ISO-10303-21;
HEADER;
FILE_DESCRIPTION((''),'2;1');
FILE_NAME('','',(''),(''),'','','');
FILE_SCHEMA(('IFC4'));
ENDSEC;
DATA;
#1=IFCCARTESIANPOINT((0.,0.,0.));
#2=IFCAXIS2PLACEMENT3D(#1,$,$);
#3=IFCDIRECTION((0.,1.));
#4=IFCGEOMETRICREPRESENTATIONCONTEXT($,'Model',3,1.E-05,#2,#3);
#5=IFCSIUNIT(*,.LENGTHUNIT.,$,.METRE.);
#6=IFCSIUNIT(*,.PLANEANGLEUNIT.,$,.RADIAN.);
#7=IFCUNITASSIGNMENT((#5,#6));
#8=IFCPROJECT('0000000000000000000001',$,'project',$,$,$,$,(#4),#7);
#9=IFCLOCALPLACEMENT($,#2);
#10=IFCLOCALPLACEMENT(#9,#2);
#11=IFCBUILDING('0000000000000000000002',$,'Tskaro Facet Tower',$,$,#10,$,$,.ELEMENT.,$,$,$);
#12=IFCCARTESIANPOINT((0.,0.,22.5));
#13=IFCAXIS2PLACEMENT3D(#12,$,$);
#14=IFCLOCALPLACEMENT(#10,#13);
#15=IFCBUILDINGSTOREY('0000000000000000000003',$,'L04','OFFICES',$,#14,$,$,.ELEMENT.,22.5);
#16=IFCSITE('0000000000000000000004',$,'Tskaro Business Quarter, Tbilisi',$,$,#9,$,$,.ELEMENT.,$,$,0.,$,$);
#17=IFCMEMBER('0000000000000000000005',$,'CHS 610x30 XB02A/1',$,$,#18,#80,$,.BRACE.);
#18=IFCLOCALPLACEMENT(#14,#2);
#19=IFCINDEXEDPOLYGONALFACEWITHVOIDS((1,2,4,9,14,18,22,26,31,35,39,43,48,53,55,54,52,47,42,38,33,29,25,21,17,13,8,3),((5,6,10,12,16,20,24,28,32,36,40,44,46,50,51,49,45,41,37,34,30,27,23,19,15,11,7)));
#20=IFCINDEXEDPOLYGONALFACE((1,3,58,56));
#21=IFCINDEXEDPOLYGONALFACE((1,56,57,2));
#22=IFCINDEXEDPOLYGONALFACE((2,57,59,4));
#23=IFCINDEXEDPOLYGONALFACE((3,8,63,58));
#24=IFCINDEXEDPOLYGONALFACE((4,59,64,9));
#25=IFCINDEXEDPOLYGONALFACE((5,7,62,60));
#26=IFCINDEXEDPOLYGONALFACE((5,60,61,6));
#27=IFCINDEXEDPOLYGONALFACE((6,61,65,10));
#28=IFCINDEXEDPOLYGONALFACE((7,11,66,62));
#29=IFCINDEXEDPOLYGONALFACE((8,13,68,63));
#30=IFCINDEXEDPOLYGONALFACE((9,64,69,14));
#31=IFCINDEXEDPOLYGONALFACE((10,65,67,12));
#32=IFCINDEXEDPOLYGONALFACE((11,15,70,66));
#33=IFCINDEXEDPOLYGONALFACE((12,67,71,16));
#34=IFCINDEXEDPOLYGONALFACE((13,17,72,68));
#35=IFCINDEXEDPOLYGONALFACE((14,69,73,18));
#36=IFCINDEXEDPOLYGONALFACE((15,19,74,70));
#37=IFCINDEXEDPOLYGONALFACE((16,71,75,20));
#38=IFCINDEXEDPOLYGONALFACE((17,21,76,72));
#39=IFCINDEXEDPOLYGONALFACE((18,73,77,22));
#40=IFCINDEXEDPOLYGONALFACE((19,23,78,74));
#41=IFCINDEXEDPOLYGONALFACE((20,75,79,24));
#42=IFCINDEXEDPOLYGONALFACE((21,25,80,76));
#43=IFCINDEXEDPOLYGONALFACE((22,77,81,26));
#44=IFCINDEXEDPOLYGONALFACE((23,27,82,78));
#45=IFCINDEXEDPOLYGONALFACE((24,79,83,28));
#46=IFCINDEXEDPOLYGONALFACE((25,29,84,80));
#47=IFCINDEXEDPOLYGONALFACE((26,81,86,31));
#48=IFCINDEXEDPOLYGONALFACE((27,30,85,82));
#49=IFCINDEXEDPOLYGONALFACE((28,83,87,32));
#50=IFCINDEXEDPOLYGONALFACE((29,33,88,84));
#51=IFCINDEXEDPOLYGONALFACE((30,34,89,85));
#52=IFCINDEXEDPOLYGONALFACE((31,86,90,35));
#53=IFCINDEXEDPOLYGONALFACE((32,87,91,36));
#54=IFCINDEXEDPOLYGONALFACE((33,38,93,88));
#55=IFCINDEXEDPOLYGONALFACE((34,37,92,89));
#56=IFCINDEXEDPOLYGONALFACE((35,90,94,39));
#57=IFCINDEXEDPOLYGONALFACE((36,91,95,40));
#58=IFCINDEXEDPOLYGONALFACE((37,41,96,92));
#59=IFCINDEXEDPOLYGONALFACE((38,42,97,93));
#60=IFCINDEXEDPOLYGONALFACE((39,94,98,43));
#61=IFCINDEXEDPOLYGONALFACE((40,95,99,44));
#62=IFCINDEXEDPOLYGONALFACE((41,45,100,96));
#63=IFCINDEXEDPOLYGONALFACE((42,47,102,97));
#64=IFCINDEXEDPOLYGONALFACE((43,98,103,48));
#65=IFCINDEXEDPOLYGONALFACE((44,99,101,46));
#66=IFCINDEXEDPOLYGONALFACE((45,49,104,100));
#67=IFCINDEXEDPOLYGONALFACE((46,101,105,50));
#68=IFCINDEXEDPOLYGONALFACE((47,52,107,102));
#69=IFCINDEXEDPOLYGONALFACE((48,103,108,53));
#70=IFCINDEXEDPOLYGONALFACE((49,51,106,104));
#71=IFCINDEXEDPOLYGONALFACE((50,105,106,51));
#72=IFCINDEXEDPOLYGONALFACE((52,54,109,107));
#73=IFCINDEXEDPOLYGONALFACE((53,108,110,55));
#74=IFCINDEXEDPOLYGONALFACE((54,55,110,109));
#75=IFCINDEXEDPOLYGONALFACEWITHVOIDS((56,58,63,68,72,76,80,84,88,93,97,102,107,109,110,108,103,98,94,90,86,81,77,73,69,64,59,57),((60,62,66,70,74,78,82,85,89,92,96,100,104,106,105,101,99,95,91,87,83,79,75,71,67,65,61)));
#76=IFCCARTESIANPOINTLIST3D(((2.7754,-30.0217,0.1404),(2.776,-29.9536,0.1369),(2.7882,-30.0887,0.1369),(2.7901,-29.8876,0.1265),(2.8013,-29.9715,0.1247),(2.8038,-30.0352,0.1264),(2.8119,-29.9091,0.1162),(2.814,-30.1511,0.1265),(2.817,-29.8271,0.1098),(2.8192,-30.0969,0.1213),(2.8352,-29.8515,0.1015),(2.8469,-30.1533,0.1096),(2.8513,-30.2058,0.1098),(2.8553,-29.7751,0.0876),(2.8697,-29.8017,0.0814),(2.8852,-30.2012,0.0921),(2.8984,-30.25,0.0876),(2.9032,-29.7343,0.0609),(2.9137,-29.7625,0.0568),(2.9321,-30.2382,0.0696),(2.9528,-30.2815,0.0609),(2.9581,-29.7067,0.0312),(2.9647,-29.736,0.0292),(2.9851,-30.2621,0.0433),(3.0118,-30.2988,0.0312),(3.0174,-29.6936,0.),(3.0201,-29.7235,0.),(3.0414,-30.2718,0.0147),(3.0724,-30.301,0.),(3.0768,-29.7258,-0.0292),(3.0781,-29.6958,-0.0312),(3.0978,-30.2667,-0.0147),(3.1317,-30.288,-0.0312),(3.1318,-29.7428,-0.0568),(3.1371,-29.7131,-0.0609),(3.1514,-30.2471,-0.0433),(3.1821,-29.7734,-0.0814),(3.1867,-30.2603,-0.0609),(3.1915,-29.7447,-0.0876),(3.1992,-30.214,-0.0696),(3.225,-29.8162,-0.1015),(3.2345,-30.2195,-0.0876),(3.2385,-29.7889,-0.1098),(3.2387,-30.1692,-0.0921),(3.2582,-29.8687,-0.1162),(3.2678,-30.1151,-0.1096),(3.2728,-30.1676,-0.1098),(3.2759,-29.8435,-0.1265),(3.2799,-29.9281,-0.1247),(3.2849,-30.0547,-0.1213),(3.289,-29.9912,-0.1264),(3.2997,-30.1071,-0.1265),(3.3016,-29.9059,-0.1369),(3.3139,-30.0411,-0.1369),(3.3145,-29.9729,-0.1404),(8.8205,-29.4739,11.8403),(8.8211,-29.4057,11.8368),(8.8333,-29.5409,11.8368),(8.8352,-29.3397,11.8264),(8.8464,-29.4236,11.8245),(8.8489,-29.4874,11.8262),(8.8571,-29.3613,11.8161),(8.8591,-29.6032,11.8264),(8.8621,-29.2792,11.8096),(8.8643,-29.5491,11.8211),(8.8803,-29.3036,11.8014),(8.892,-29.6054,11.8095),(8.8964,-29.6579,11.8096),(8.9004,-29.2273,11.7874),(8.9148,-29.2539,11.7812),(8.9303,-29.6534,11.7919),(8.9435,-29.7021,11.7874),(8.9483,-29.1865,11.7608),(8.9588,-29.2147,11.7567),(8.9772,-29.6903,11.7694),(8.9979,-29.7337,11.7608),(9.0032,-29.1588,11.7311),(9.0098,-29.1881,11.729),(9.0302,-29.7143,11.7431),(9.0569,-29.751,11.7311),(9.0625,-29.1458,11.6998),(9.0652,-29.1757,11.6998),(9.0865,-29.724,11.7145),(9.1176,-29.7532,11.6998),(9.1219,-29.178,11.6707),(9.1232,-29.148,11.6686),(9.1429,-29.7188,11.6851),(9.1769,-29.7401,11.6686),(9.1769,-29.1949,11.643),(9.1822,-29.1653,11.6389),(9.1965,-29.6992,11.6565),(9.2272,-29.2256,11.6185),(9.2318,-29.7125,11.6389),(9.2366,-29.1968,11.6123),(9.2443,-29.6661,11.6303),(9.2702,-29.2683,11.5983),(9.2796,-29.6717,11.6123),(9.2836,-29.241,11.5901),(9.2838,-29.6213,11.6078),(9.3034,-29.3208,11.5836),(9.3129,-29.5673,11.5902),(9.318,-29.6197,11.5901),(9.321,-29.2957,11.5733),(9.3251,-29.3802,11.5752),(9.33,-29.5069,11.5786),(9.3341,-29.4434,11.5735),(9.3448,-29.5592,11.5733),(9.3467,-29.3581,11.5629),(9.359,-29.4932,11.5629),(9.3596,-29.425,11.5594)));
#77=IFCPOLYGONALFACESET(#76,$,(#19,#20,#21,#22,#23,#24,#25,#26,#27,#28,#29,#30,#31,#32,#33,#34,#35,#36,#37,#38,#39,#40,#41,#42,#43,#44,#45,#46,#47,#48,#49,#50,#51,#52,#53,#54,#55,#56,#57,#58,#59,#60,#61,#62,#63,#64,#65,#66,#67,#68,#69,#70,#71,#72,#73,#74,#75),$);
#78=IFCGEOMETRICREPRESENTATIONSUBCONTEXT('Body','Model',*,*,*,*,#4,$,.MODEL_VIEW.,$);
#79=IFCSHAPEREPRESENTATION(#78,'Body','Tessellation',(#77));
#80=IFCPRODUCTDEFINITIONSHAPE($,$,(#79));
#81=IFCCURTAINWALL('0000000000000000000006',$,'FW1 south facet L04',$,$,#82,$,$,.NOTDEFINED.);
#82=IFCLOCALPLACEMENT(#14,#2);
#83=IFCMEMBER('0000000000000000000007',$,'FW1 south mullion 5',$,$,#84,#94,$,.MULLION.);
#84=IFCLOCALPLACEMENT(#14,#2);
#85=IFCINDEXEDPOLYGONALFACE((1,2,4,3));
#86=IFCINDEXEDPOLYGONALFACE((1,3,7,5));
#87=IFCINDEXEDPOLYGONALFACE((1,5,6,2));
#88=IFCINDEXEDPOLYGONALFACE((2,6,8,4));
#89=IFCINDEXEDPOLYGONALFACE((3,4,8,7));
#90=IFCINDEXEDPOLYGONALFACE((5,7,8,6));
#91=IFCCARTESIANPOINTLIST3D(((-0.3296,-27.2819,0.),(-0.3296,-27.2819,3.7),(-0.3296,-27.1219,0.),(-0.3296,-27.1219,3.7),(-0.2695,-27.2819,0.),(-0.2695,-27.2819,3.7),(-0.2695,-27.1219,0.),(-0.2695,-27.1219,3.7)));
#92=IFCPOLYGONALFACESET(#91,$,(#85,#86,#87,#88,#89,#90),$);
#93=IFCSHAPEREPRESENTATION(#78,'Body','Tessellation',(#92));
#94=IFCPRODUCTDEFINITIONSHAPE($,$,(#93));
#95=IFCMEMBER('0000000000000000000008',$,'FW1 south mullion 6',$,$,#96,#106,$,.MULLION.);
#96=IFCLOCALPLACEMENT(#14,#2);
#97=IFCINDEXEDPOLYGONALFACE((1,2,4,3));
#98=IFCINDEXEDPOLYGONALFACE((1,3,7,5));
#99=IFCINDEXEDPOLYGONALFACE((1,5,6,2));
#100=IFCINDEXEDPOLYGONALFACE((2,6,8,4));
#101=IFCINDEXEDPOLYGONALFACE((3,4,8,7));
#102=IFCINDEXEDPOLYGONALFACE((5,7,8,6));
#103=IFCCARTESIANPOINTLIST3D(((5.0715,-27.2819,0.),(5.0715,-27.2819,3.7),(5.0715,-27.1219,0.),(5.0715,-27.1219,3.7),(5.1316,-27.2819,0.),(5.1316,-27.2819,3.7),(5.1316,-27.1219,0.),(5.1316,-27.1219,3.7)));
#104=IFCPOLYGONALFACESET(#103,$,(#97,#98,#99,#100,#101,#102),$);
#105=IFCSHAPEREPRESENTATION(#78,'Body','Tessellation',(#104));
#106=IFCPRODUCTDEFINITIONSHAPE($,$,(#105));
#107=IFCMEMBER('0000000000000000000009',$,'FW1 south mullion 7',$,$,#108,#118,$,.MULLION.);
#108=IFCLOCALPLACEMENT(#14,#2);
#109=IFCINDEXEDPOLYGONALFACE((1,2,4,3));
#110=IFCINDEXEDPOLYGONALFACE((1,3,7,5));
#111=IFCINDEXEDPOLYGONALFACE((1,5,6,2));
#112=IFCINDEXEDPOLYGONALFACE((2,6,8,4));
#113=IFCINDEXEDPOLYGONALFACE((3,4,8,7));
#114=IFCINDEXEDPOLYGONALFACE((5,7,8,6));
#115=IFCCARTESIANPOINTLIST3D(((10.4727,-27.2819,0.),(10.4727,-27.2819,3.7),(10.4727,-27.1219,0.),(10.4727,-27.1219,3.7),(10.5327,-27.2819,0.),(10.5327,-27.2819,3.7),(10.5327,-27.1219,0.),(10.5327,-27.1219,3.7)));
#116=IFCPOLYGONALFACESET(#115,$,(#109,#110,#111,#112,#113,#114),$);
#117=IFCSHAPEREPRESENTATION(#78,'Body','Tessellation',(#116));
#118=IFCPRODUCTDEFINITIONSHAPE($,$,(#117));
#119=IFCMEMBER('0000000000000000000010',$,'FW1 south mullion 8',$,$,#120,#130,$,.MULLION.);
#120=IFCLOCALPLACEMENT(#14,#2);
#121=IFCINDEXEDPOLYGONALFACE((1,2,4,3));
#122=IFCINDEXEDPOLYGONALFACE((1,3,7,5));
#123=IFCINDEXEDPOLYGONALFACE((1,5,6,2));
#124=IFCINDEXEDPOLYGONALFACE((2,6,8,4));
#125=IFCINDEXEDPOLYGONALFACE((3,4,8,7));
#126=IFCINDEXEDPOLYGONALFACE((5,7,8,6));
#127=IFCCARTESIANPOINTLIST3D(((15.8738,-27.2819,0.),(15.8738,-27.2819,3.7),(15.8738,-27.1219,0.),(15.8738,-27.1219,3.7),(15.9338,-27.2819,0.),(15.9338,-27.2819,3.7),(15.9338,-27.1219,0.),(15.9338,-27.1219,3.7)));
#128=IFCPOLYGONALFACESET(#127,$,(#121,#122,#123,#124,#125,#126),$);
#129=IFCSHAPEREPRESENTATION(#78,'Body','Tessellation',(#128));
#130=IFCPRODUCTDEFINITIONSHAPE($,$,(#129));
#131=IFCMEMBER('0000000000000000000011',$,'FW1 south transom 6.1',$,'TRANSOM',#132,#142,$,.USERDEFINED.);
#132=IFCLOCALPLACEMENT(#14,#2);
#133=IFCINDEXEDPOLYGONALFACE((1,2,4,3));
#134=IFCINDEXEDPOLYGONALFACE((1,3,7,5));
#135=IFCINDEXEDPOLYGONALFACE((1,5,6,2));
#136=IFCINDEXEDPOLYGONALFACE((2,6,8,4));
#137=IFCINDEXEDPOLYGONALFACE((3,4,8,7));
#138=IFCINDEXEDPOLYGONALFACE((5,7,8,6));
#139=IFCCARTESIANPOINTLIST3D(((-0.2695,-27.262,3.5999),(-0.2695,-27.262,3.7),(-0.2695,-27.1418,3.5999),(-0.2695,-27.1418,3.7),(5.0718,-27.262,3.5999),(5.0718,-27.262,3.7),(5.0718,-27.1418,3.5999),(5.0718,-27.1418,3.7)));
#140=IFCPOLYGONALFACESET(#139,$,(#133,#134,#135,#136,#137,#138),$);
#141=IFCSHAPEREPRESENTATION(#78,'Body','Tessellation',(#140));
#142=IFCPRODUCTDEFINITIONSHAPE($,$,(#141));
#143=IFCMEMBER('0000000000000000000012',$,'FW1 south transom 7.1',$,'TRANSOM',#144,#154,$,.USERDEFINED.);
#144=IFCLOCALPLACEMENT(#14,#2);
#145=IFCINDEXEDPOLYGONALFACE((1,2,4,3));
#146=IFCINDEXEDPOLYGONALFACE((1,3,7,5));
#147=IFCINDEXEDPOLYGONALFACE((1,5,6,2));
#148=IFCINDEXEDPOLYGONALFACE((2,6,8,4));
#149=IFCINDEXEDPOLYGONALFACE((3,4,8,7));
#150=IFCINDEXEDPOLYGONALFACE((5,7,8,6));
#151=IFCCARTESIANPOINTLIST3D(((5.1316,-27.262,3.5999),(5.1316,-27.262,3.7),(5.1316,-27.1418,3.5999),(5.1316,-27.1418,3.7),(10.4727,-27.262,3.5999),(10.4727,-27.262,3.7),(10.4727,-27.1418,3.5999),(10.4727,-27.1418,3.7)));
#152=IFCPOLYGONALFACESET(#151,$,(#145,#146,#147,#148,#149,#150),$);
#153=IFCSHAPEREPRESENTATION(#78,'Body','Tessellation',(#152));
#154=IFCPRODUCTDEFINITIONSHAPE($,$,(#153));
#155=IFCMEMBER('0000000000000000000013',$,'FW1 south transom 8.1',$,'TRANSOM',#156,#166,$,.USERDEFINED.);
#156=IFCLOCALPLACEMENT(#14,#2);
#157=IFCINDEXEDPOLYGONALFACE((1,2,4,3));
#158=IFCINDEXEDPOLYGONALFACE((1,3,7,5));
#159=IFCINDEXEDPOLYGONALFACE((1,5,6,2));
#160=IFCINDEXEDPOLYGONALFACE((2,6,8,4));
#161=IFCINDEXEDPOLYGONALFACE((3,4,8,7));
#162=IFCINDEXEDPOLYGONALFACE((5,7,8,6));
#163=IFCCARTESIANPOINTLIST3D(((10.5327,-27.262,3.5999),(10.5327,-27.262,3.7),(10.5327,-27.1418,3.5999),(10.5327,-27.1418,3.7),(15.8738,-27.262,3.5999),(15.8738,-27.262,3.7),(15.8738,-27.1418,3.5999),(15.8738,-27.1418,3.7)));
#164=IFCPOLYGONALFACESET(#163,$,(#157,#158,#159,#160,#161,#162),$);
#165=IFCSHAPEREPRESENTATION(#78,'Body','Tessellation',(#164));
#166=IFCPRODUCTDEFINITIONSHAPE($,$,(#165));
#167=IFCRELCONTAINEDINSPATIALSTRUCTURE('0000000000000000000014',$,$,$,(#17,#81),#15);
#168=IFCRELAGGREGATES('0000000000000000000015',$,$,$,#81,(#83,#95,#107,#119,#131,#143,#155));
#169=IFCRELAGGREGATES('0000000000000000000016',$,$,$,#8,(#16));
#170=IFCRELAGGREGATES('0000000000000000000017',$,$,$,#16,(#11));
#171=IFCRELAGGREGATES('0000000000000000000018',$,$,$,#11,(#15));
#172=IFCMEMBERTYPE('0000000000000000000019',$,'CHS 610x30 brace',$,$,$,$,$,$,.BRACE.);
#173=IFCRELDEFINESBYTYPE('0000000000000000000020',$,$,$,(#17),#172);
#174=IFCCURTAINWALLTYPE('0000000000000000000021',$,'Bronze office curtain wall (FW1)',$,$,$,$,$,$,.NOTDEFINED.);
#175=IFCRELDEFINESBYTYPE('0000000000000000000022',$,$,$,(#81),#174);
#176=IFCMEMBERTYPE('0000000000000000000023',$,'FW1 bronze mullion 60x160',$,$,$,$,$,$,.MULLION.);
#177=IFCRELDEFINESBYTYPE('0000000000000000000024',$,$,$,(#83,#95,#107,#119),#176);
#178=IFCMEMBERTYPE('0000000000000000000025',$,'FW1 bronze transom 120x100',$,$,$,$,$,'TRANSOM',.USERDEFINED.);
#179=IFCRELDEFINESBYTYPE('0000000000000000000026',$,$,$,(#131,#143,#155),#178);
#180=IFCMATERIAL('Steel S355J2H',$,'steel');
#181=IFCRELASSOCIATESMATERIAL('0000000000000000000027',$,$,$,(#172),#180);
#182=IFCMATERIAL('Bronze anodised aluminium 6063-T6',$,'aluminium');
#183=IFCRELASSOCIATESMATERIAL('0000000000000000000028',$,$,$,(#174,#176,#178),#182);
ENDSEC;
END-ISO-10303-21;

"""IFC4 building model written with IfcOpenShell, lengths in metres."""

from ifc_helpers import new_model, si_unit, direction, frame, origin, origin_2d, place, context, subcontext, project, spatial, rectangle, hollow_circle, extrude, material, material_profile, profile_set, type_object, element, aggregate, save


model = new_model("IFC4")

# Units and contexts
model_context = context("Model", 3, precision=1e-05, world=origin(), true_north=direction((0.0, 1.0)))
body_context = subcontext(model_context, "Body", "Model", "MODEL_VIEW")
ifc_project = project(units=[si_unit("LENGTHUNIT", "METRE"), si_unit("PLANEANGLEUNIT", "RADIAN")], contexts=[model_context])

# Site, building, storey
site_placement = place(None, origin())
site = spatial("IfcSite", under=ifc_project, at=site_placement, Name="Tskaro Business Quarter, Tbilisi", CompositionType="ELEMENT", RefElevation=0.0)
building_placement = place(site_placement, origin())
building = spatial("IfcBuilding", under=site, at=building_placement, Name="Tskaro Facet Tower", CompositionType="ELEMENT")
storey_placement = place(building_placement, frame((0.0, 0.0, 22.5)))
storey = spatial("IfcBuildingStorey", under=building, at=storey_placement, Name="L04", Description="OFFICES", CompositionType="ELEMENT", Elevation=22.5)

# Shared definitions
ifc_material_1 = material(Name="Steel S355J2H", Category="steel")

# Member
ifc_material_profile_1 = material_profile(ifc_material_1, hollow_circle(Radius=0.3049, WallThickness=0.03, at=origin_2d()), Name="CHS 610x30")
ifc_profile_set_1 = profile_set([ifc_material_profile_1], Name="Steel S355J2H")
member_type_1 = type_object("IfcMemberType", Name="CHS 610x30 brace", PredefinedType="BRACE", material=ifc_profile_set_1)
member_1_placement = place(storey_placement, frame((3.0449, -29.9973, 0.0), z_axis=(0.458635, 0.041564, 0.887652), x_axis=(-0.090257, 0.995919, 0.0)))
element("IfcMember", 1, at=member_1_placement, inside=storey, type_object=member_type_1, Name="CHS 610x30 XB02A/1", PredefinedType="BRACE", context=body_context, shape_type="SweptSolid", body=[
    extrude(hollow_circle(Radius=0.3049, WallThickness=0.03, at=origin_2d()), origin(), (0.0, 0.0, 1.0), 13.1807),
])

# Curtain wall, members
ifc_material_2 = material(Name="Bronze anodised aluminium 6063-T6", Category="aluminium")
curtain_wall_type = type_object("IfcCurtainWallType", Name="Bronze office curtain wall (FW1)", PredefinedType="NOTDEFINED", material=ifc_material_2)
curtain_wall_placement = place(storey_placement, origin())
curtain_wall = element("IfcCurtainWall", 2, at=curtain_wall_placement, inside=storey, type_object=curtain_wall_type, Name="FW1 south facet L04", PredefinedType="NOTDEFINED")
ifc_material_profile_2 = material_profile(ifc_material_2, rectangle(XDim=0.0601, YDim=0.1599, at=origin_2d()), Name="Mullion 60x160")
ifc_profile_set_2 = profile_set([ifc_material_profile_2], Name="Bronze anodised aluminium 6063-T6")
member_type_2 = type_object("IfcMemberType", Name="FW1 bronze mullion 60x160", PredefinedType="MULLION", material=ifc_profile_set_2)
member_2_placement = place(storey_placement, frame((-0.2996, -27.2019, 0.0), z_axis=(0.0, 0.0, 1.0), x_axis=(1.0, 0.0, 0.0)))
member_2 = element("IfcMember", 3, at=member_2_placement, type_object=member_type_2, Name="FW1 south mullion 5", PredefinedType="MULLION", context=body_context, shape_type="SweptSolid", body=[
    extrude(rectangle(XDim=0.0601, YDim=0.1599, at=origin_2d()), origin(), (0.0, 0.0, 1.0), 3.7),
])
member_3_placement = place(storey_placement, frame((5.1016, -27.2019, 0.0), z_axis=(0.0, 0.0, 1.0), x_axis=(1.0, 0.0, 0.0)))
member_3 = element("IfcMember", 4, at=member_3_placement, type_object=member_type_2, Name="FW1 south mullion 6", PredefinedType="MULLION", context=body_context, shape_type="SweptSolid", body=[
    extrude(rectangle(XDim=0.0601, YDim=0.1599, at=origin_2d()), origin(), (0.0, 0.0, 1.0), 3.7),
])
member_4_placement = place(storey_placement, frame((10.5027, -27.2019, 0.0), z_axis=(0.0, 0.0, 1.0), x_axis=(1.0, 0.0, 0.0)))
member_4 = element("IfcMember", 5, at=member_4_placement, type_object=member_type_2, Name="FW1 south mullion 7", PredefinedType="MULLION", context=body_context, shape_type="SweptSolid", body=[
    extrude(rectangle(XDim=0.0601, YDim=0.1599, at=origin_2d()), origin(), (0.0, 0.0, 1.0), 3.7),
])
member_5_placement = place(storey_placement, frame((15.9038, -27.2019, 0.0), z_axis=(0.0, 0.0, 1.0), x_axis=(1.0, 0.0, 0.0)))
member_5 = element("IfcMember", 6, at=member_5_placement, type_object=member_type_2, Name="FW1 south mullion 8", PredefinedType="MULLION", context=body_context, shape_type="SweptSolid", body=[
    extrude(rectangle(XDim=0.0601, YDim=0.1599, at=origin_2d()), origin(), (0.0, 0.0, 1.0), 3.7),
])
ifc_material_profile_3 = material_profile(ifc_material_2, rectangle(XDim=0.1201, YDim=0.1001, at=origin_2d()), Name="Transom 120x100")
ifc_profile_set_3 = profile_set([ifc_material_profile_3], Name="Bronze anodised aluminium 6063-T6")
member_type_3 = type_object("IfcMemberType", Name="FW1 bronze transom 120x100", ElementType="TRANSOM", PredefinedType="USERDEFINED", material=ifc_profile_set_3)
member_6_placement = place(storey_placement, frame((-0.2695, -27.2019, 3.6499), z_axis=(1.0, 0.0, 0.0), x_axis=(0.0, 1.0, 0.0)))
member_6 = element("IfcMember", 7, at=member_6_placement, type_object=member_type_3, Name="FW1 south transom 6.1", ObjectType="TRANSOM", PredefinedType="USERDEFINED", context=body_context, shape_type="SweptSolid", body=[
    extrude(rectangle(XDim=0.1201, YDim=0.1001, at=origin_2d()), origin(), (0.0, 0.0, 1.0), 5.3413),
])
member_7_placement = place(storey_placement, frame((5.1316, -27.2019, 3.6499), z_axis=(1.0, 0.0, 0.0), x_axis=(0.0, 1.0, 0.0)))
member_7 = element("IfcMember", 8, at=member_7_placement, type_object=member_type_3, Name="FW1 south transom 7.1", ObjectType="TRANSOM", PredefinedType="USERDEFINED", context=body_context, shape_type="SweptSolid", body=[
    extrude(rectangle(XDim=0.1201, YDim=0.1001, at=origin_2d()), origin(), (0.0, 0.0, 1.0), 5.3411),
])
member_8_placement = place(storey_placement, frame((10.5327, -27.2019, 3.6499), z_axis=(1.0, 0.0, 0.0), x_axis=(0.0, 1.0, 0.0)))
member_8 = element("IfcMember", 9, at=member_8_placement, type_object=member_type_3, Name="FW1 south transom 8.1", ObjectType="TRANSOM", PredefinedType="USERDEFINED", context=body_context, shape_type="SweptSolid", body=[
    extrude(rectangle(XDim=0.1201, YDim=0.1001, at=origin_2d()), origin(), (0.0, 0.0, 1.0), 5.3411),
])

aggregate(curtain_wall, [member_2, member_3, member_4, member_5, member_6, member_7, member_8])

save(model, "model.ifc")
